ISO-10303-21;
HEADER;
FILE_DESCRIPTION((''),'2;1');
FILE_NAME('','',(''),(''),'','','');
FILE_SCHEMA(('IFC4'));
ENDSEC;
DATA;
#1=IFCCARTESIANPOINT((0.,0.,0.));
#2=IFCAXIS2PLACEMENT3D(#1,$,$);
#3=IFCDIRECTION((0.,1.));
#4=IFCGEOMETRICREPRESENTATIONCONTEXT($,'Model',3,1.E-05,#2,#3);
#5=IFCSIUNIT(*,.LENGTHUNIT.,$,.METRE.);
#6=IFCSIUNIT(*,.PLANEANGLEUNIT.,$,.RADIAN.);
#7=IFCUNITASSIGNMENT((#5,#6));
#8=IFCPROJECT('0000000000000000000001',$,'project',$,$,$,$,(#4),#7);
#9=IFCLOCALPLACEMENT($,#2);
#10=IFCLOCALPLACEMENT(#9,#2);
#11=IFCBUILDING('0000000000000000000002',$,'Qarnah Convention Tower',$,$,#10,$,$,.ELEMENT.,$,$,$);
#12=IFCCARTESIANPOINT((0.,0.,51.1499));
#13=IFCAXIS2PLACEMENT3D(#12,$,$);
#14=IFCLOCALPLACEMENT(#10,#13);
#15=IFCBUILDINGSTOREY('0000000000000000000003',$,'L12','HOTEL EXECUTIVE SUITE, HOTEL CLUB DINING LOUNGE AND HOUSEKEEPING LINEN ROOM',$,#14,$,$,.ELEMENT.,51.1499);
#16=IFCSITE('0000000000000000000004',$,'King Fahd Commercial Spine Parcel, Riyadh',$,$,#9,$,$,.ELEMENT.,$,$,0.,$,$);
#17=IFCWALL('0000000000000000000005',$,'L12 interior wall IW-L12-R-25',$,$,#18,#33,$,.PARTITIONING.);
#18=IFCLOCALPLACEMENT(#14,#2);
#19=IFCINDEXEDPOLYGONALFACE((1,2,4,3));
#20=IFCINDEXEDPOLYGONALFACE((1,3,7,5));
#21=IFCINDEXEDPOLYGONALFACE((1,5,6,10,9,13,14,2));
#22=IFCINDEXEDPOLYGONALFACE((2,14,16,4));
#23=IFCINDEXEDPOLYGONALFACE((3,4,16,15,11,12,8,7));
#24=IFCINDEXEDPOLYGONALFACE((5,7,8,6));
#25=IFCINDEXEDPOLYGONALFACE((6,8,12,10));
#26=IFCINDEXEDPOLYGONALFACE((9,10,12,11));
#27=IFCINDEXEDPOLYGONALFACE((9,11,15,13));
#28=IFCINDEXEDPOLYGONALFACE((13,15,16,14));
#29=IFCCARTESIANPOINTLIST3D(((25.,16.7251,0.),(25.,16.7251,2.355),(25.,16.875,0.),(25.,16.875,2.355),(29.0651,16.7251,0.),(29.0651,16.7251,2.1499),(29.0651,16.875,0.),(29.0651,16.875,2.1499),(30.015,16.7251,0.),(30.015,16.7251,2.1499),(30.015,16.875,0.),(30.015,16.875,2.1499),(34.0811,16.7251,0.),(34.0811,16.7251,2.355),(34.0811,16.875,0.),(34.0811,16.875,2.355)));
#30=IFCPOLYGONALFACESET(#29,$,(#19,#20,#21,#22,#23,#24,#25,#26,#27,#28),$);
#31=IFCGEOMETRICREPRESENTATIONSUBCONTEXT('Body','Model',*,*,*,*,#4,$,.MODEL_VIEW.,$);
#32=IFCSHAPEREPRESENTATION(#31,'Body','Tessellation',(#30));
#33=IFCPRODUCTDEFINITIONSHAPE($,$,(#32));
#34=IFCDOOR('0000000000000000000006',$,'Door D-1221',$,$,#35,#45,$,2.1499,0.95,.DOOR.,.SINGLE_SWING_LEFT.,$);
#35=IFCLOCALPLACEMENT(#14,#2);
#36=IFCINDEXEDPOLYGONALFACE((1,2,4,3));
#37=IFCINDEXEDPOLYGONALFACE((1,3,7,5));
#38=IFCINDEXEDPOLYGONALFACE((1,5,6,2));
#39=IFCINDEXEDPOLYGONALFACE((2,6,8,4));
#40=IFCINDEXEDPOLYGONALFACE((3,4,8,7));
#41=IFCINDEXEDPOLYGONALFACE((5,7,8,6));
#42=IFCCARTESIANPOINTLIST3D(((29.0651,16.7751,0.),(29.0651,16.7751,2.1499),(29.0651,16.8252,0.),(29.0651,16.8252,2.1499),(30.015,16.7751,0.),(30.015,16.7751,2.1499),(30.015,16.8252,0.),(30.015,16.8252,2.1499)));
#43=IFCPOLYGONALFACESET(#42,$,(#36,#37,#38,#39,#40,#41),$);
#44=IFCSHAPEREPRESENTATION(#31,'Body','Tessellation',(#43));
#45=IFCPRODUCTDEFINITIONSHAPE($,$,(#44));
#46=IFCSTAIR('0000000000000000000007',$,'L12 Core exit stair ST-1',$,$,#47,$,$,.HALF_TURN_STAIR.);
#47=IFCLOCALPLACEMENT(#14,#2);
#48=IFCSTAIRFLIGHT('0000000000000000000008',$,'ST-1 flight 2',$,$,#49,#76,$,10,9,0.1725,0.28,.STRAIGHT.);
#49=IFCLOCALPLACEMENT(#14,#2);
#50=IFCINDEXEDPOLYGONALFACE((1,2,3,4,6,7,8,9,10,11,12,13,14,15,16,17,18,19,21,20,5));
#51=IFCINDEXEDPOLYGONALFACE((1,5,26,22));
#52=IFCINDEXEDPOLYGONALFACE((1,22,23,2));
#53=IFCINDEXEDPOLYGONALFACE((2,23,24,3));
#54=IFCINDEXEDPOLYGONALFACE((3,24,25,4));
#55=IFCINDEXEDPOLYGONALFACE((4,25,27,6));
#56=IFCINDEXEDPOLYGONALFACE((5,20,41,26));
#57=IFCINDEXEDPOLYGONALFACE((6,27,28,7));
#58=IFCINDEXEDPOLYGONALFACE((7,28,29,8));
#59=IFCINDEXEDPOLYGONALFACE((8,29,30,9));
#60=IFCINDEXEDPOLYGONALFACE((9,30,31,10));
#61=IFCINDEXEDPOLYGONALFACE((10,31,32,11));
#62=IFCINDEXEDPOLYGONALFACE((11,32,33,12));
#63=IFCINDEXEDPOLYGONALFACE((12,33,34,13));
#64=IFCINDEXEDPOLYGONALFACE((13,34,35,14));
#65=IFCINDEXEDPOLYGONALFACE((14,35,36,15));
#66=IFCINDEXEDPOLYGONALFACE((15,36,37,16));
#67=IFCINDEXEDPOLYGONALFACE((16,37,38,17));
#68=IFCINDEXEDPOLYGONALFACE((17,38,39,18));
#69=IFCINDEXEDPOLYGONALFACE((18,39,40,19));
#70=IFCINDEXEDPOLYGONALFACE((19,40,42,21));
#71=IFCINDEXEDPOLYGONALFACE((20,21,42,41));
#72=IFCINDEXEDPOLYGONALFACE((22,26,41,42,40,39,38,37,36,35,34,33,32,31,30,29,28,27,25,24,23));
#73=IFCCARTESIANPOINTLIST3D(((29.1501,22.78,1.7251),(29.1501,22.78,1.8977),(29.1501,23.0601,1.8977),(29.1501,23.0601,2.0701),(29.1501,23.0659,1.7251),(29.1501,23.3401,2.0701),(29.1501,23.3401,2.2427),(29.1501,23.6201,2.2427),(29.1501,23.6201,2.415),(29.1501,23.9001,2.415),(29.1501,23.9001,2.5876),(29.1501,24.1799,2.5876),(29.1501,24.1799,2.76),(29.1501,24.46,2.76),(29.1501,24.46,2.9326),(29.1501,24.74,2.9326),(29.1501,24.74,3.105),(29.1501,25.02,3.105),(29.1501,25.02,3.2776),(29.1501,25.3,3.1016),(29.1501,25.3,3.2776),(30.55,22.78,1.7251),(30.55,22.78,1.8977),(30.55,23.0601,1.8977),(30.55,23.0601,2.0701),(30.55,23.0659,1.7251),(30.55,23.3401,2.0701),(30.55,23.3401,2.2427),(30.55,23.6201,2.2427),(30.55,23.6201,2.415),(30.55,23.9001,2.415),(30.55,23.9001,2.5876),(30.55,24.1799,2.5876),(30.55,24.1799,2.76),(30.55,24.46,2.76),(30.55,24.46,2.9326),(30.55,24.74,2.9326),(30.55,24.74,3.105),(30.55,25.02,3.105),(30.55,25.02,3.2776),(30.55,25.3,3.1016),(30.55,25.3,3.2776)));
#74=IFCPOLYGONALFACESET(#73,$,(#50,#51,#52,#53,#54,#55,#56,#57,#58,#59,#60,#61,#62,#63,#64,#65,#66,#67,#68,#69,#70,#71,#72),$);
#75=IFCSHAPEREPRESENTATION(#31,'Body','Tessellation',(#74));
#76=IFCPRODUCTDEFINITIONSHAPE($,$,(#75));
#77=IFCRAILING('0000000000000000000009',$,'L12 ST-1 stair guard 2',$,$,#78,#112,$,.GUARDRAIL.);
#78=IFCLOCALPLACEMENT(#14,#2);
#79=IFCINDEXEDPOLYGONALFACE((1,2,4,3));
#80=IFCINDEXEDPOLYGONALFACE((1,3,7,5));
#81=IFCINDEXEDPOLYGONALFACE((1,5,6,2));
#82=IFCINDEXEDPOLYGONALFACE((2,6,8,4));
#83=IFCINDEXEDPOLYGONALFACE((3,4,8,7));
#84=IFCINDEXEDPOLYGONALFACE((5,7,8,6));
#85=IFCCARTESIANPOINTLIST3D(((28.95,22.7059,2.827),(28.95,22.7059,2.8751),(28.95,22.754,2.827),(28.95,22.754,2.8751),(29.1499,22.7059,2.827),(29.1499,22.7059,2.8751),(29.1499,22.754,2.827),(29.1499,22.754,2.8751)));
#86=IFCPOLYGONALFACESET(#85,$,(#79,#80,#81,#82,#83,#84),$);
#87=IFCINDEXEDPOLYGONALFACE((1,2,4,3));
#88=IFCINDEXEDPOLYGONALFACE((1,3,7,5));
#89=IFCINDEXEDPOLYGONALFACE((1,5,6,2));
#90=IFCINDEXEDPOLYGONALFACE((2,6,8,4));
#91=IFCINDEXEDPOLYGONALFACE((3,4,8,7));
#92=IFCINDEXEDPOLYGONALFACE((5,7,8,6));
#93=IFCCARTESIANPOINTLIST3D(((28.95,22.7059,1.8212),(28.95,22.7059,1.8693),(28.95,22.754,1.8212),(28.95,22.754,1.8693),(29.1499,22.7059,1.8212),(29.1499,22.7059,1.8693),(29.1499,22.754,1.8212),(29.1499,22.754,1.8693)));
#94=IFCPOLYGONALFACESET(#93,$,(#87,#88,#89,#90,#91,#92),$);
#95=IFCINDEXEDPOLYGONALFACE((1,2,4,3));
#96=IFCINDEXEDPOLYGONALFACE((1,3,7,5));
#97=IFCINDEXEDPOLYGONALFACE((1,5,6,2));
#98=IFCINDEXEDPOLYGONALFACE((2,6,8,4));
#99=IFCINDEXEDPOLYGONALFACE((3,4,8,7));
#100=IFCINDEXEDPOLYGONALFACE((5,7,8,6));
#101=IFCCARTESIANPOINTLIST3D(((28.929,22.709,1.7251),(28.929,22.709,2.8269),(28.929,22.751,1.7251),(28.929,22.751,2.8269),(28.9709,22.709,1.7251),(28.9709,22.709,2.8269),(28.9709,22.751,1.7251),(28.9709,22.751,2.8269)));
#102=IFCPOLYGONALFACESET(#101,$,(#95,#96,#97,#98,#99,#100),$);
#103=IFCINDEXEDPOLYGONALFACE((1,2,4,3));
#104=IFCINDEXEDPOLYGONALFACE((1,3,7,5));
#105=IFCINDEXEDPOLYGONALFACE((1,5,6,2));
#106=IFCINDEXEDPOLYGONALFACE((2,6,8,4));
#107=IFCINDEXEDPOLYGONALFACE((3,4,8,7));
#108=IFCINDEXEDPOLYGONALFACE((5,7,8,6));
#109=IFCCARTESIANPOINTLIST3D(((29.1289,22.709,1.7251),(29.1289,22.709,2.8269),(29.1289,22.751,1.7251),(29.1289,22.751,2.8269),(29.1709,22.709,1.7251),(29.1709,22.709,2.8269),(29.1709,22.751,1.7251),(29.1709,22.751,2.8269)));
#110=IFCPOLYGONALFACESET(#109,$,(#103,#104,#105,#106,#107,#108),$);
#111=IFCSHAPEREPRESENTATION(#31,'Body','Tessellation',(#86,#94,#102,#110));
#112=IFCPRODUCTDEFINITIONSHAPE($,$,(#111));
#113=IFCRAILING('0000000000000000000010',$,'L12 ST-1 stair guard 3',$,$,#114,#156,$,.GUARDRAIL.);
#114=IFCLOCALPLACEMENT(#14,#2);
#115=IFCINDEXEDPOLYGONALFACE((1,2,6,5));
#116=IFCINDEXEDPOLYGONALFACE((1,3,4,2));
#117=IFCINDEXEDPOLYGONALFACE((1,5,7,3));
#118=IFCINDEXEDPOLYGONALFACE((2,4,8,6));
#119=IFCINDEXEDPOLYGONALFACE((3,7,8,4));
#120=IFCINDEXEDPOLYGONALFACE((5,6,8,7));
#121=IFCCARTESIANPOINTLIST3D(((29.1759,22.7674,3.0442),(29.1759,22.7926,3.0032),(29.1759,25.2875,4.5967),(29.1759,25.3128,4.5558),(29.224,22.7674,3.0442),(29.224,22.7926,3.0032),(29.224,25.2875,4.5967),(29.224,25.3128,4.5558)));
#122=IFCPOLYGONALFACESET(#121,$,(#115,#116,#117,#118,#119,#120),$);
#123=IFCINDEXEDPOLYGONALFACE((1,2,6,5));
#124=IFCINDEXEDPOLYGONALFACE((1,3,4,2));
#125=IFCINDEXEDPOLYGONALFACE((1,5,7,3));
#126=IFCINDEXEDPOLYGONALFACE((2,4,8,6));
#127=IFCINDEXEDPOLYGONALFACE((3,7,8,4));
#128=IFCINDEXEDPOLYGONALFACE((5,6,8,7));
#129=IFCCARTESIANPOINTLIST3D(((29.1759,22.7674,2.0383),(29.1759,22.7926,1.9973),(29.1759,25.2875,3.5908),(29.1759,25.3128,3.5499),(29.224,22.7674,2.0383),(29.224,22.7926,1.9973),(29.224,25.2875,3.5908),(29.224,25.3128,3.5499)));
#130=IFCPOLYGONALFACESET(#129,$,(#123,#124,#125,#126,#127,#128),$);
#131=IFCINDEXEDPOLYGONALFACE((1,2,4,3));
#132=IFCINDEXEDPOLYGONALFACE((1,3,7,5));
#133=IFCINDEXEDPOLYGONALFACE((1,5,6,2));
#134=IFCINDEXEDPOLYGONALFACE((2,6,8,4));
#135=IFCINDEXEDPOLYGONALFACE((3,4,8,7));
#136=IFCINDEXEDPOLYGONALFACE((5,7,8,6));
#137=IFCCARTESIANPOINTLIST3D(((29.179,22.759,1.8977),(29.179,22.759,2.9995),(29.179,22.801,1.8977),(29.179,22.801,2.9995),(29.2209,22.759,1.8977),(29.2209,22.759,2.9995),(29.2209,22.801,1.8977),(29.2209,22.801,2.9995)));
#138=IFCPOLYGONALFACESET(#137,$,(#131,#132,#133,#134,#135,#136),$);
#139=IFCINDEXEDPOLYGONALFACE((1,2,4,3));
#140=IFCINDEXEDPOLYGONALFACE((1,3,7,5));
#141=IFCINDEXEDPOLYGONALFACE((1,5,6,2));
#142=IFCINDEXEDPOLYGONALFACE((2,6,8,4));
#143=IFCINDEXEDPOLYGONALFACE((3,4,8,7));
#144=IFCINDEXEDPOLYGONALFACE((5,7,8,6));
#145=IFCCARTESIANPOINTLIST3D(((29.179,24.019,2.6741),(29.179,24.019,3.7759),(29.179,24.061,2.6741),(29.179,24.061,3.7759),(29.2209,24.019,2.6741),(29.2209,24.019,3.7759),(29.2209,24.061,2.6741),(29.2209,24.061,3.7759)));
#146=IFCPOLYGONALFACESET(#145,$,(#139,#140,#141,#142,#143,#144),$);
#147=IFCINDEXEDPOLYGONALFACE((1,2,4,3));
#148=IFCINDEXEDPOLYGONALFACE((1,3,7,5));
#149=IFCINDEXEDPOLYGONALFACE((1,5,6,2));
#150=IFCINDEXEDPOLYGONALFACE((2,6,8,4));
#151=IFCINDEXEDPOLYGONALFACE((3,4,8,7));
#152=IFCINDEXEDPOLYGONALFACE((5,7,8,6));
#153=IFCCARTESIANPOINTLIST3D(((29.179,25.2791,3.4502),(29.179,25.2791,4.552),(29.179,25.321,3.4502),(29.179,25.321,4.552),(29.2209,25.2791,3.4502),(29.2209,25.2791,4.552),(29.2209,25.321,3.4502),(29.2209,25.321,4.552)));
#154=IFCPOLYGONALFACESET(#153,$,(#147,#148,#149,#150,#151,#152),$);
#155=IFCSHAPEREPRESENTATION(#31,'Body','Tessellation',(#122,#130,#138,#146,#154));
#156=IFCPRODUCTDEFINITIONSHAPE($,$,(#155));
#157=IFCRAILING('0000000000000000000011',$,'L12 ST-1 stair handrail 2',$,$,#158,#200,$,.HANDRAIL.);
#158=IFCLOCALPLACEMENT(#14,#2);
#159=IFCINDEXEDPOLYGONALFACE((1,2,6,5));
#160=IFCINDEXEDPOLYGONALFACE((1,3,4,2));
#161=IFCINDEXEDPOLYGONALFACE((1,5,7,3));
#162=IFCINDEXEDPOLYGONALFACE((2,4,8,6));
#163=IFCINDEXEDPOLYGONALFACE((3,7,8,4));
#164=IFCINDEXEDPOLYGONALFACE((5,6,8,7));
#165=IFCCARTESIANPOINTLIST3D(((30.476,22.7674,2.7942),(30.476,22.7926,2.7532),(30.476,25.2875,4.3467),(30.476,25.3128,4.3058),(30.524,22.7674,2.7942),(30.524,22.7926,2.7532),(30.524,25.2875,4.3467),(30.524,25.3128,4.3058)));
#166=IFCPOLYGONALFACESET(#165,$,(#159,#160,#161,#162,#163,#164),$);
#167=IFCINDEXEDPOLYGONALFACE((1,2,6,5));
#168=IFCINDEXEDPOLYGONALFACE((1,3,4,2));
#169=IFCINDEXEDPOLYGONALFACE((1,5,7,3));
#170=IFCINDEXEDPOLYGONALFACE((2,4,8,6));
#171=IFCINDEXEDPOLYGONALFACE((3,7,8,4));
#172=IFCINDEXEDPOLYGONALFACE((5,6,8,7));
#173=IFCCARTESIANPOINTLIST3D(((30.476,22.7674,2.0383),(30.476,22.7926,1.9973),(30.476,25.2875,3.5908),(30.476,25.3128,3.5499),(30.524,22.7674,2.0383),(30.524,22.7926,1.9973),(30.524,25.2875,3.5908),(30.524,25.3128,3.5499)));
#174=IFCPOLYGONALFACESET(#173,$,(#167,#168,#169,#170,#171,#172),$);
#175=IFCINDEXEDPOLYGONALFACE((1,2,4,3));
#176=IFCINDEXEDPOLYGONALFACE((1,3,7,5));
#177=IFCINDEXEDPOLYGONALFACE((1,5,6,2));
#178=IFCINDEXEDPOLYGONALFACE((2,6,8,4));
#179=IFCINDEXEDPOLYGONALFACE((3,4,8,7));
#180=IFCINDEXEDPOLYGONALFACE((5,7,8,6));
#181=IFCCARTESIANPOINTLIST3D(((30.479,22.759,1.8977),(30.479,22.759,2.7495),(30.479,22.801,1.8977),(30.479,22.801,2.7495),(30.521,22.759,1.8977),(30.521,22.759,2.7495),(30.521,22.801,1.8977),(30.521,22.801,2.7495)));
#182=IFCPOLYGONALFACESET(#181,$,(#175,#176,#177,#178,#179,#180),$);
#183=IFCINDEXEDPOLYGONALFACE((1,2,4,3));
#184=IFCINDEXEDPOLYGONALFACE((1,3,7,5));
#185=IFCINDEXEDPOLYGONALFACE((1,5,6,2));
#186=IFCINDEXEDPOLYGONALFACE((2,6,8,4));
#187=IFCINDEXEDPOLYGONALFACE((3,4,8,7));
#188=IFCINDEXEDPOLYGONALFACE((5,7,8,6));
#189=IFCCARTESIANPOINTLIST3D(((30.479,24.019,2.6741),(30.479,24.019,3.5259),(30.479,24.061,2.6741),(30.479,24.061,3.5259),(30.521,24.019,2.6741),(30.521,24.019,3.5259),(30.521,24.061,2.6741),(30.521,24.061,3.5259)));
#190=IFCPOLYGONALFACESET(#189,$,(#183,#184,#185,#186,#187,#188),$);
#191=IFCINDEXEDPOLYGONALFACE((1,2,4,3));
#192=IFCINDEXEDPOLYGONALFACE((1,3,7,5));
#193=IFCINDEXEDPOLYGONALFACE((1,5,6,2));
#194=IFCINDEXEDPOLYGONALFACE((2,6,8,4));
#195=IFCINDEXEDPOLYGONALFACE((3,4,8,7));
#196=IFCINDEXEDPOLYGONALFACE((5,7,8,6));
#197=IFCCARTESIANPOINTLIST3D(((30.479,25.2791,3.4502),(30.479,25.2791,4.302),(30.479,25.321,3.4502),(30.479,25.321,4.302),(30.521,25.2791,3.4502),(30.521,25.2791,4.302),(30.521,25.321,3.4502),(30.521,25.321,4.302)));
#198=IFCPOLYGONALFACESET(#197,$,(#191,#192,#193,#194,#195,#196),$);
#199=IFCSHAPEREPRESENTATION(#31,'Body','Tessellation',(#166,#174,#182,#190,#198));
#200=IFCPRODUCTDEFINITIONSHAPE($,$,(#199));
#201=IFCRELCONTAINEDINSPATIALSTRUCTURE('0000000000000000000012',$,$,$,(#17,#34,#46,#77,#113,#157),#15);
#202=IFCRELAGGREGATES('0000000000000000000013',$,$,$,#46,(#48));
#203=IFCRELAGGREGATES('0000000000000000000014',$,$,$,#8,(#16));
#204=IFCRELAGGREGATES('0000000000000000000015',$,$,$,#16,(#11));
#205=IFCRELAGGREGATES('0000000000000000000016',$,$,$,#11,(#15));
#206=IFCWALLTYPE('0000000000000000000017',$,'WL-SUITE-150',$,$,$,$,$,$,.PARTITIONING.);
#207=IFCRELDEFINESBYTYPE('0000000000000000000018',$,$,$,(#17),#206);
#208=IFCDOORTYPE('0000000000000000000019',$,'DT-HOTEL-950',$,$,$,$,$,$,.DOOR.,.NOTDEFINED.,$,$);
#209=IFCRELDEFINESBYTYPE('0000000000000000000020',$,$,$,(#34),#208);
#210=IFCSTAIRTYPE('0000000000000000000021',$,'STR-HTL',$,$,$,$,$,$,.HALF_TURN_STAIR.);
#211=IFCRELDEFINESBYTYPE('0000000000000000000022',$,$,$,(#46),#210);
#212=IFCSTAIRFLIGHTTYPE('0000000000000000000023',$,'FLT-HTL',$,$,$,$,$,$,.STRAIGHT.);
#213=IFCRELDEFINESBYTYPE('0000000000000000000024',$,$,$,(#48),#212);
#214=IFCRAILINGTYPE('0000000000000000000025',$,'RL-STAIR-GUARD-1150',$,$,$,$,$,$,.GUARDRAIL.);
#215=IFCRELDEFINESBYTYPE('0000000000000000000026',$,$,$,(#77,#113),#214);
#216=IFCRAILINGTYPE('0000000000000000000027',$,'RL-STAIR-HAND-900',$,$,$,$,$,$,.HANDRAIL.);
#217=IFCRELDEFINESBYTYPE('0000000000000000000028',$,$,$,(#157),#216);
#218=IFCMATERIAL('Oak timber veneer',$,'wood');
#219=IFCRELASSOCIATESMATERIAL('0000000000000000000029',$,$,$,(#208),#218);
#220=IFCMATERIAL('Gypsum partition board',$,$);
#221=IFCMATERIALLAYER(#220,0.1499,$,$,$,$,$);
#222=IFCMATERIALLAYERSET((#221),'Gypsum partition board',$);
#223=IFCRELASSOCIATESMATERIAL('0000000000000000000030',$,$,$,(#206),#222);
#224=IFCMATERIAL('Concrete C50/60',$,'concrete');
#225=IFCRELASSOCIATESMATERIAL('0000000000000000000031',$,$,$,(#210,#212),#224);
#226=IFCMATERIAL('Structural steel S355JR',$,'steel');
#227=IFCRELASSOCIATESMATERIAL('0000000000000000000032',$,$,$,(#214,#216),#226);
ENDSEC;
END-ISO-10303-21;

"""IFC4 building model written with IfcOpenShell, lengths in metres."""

from ifc_helpers import new_model, si_unit, direction, frame, frame_2d, origin, origin_2d, place, context, subcontext, project, spatial, polyline, rectangle, outline, extrude, material, layer, layer_set, type_object, element, fill, aggregate, save


model = new_model("IFC4")

# Units and contexts
model_context = context("Model", 3, precision=1e-05, world=origin(), true_north=direction((0.0, 1.0)))
body_context = subcontext(model_context, "Body", "Model", "MODEL_VIEW")
ifc_project = project(units=[si_unit("LENGTHUNIT", "METRE"), si_unit("PLANEANGLEUNIT", "RADIAN")], contexts=[model_context])

# Site, building, storey
site_placement = place(None, origin())
site = spatial("IfcSite", under=ifc_project, at=site_placement, Name="King Fahd Commercial Spine Parcel, Riyadh", CompositionType="ELEMENT", RefElevation=0.0)
building_placement = place(site_placement, origin())
building = spatial("IfcBuilding", under=site, at=building_placement, Name="Qarnah Convention Tower", CompositionType="ELEMENT")
storey_placement = place(building_placement, frame((0.0, 0.0, 51.1499)))
storey = spatial("IfcBuildingStorey", under=building, at=storey_placement, Name="L12", Description="HOTEL EXECUTIVE SUITE, HOTEL CLUB DINING LOUNGE AND HOUSEKEEPING LINEN ROOM", CompositionType="ELEMENT", Elevation=51.1499)

# Shared definitions
ifc_material_1 = material(Name="Structural steel S355JR", Category="steel")

# Shared definitions
ifc_material_2 = material(Name="Oak timber veneer", Category="wood")
door_type_1 = type_object("IfcDoorType", Name="DT-HOTEL-950", OperationType="NOTDEFINED", PredefinedType="DOOR", material=ifc_material_2)

# Shared definitions
ifc_material_3 = material(Name="Gypsum partition board")
ifc_layer_1 = layer(ifc_material_3, 0.1499)
ifc_layer_set_1 = layer_set([ifc_layer_1], Name="Gypsum partition board")
wall_type_1 = type_object("IfcWallType", Name="WL-SUITE-150", PredefinedType="PARTITIONING", material=ifc_layer_set_1)

# Wall, opening, door
wall_1_placement = place(storey_placement, frame((34.0811, 16.8, 0.0), z_axis=(0.0, 0.0, 1.0), x_axis=(-1.0, 0.0, 0.0)))
wall_1 = element("IfcWall", 1, at=wall_1_placement, inside=storey, type_object=wall_type_1, Name="L12 interior wall IW-L12-R-25", PredefinedType="PARTITIONING", context=body_context, shape_type="SweptSolid", body=[
    extrude(rectangle(XDim=9.0811, YDim=0.1499, at=frame_2d((4.5405, 0.0))), origin(), (0.0, 0.0, 1.0), 2.355),
])
opening_1_placement = place(wall_1_placement, frame((4.0659, 0.0, 0.0)))
opening_1 = element("IfcOpeningElement", 2, at=opening_1_placement, cuts=wall_1, PredefinedType="OPENING", context=body_context, shape_type="SweptSolid", body=[
    extrude(rectangle(XDim=0.95, YDim=2.1499, at=frame_2d((0.4751, 1.075))), frame((0.0, 0.085, 0.0), z_axis=(0.0, -1.0, 0.0), x_axis=(1.0, 0.0, 0.0)), (0.0, 0.0, 1.0), 0.1699),
])
door_1_placement = place(opening_1_placement, origin())
door_1 = element("IfcDoor", 3, at=door_1_placement, inside=storey, type_object=door_type_1, Name="Door D-1221", OperationType="SINGLE_SWING_LEFT", OverallHeight=2.1499, OverallWidth=0.95, PredefinedType="DOOR", context=body_context, shape_type="SweptSolid", body=[
    extrude(rectangle(XDim=0.95, YDim=2.1499, at=frame_2d((0.4751, 1.075))), frame((0.0, 0.0249, 0.0), z_axis=(0.0, -1.0, 0.0), x_axis=(1.0, 0.0, 0.0)), (0.0, 0.0, 1.0), 0.05),
])
fill(opening_1, door_1)

# Stair, stair flight
ifc_material_4 = material(Name="Concrete C50/60", Category="concrete")
stair_type = type_object("IfcStairType", Name="STR-HTL", PredefinedType="HALF_TURN_STAIR", material=ifc_material_4)
stair_placement = place(storey_placement, origin())
stair = element("IfcStair", 4, at=stair_placement, inside=storey, type_object=stair_type, Name="L12 Core exit stair ST-1", PredefinedType="HALF_TURN_STAIR")
stair_flight_type = type_object("IfcStairFlightType", Name="FLT-HTL", PredefinedType="STRAIGHT", material=ifc_material_4)
stair_flight_placement = place(storey_placement, frame((29.8501, 22.78, 1.7251), z_axis=(0.0, 0.0, 1.0), x_axis=(0.0, 1.0, 0.0)))
stair_flight = element("IfcStairFlight", 5, at=stair_flight_placement, type_object=stair_flight_type, Name="ST-1 flight 2", NumberOfRisers=10, NumberOfTreads=9, PredefinedType="STRAIGHT", RiserHeight=0.1725, TreadLength=0.28, context=body_context, shape_type="SweptSolid", body=[
    extrude(outline(polyline([(0.0, 0.0), (0.0, 0.1726), (0.28, 0.1726), (0.28, 0.345), (0.5601, 0.345), (0.5601, 0.5176), (0.8401, 0.5176), (0.8401, 0.6899), (1.1201, 0.6899), (1.1201, 0.8625), (1.3999, 0.8625), (1.3999, 1.0349), (1.6799, 1.0349), (1.6799, 1.2075), (1.96, 1.2075), (1.96, 1.3799), (2.24, 1.3799), (2.24, 1.5525), (2.52, 1.5525), (2.52, 1.7251), (2.52, 1.3765), (0.2859, 0.0), (0.0, 0.0)])), frame((0.0, 0.7, 0.0), z_axis=(0.0, -1.0, 0.0), x_axis=(1.0, 0.0, 0.0)), (0.0, 0.0, 1.0), 1.3999),
])
aggregate(stair, [stair_flight])

# Railings
railing_type_1 = type_object("IfcRailingType", Name="RL-STAIR-GUARD-1150", PredefinedType="GUARDRAIL", material=ifc_material_1)
railing_1_placement = place(storey_placement, frame((28.95, 22.73, 1.7251)))
element("IfcRailing", 6, at=railing_1_placement, inside=storey, type_object=railing_type_1, Name="L12 ST-1 stair guard 2", PredefinedType="GUARDRAIL", context=body_context, shape_type="SweptSolid", body=[
    extrude(rectangle(XDim=0.0481, YDim=0.0481, at=origin_2d()), frame((0.0, 0.0, 1.126), z_axis=(1.0, 0.0, 0.0), x_axis=(0.0, 1.0, 0.0)), (0.0, 0.0, 1.0), 0.2),
    extrude(rectangle(XDim=0.0481, YDim=0.0481, at=origin_2d()), frame((0.0, 0.0, 0.1201), z_axis=(1.0, 0.0, 0.0), x_axis=(0.0, 1.0, 0.0)), (0.0, 0.0, 1.0), 0.2),
    extrude(rectangle(XDim=0.042, YDim=0.042, at=origin_2d()), origin(), (0.0, 0.0, 1.0), 1.1018),
    extrude(rectangle(XDim=0.042, YDim=0.042, at=origin_2d()), frame((0.2, 0.0, 0.0)), (0.0, 0.0, 1.0), 1.1018),
])
railing_2_placement = place(storey_placement, frame((29.2, 22.78, 1.8977)))
element("IfcRailing", 7, at=railing_2_placement, inside=storey, type_object=railing_type_1, Name="L12 ST-1 stair guard 3", PredefinedType="GUARDRAIL", context=body_context, shape_type="SweptSolid", body=[
    extrude(rectangle(XDim=0.0481, YDim=0.0481, at=origin_2d()), frame((0.0, 0.0, 1.126), z_axis=(0.0, 0.8514, 0.524516), x_axis=(-1.0, 0.0, 0.0)), (0.0, 0.0, 1.0), 2.96),
    extrude(rectangle(XDim=0.0481, YDim=0.0481, at=origin_2d()), frame((0.0, 0.0, 0.1201), z_axis=(0.0, 0.8514, 0.524516), x_axis=(-1.0, 0.0, 0.0)), (0.0, 0.0, 1.0), 2.96),
    extrude(rectangle(XDim=0.042, YDim=0.042, at=origin_2d()), origin(), (0.0, 0.0, 1.0), 1.1018),
    extrude(rectangle(XDim=0.042, YDim=0.042, at=origin_2d()), frame((0.0, 1.26, 0.7764)), (0.0, 0.0, 1.0), 1.1018),
    extrude(rectangle(XDim=0.042, YDim=0.042, at=origin_2d()), frame((0.0, 2.52, 1.5525)), (0.0, 0.0, 1.0), 1.1018),
])
railing_type_2 = type_object("IfcRailingType", Name="RL-STAIR-HAND-900", PredefinedType="HANDRAIL", material=ifc_material_1)
railing_3_placement = place(storey_placement, frame((30.5, 22.78, 1.8977)))
element("IfcRailing", 8, at=railing_3_placement, inside=storey, type_object=railing_type_2, Name="L12 ST-1 stair handrail 2", PredefinedType="HANDRAIL", context=body_context, shape_type="SweptSolid", body=[
    extrude(rectangle(XDim=0.0481, YDim=0.0481, at=origin_2d()), frame((0.0, 0.0, 0.876), z_axis=(0.0, 0.8514, 0.524516), x_axis=(-1.0, 0.0, 0.0)), (0.0, 0.0, 1.0), 2.96),
    extrude(rectangle(XDim=0.0481, YDim=0.0481, at=origin_2d()), frame((0.0, 0.0, 0.1201), z_axis=(0.0, 0.8514, 0.524516), x_axis=(-1.0, 0.0, 0.0)), (0.0, 0.0, 1.0), 2.96),
    extrude(rectangle(XDim=0.042, YDim=0.042, at=origin_2d()), origin(), (0.0, 0.0, 1.0), 0.8518),
    extrude(rectangle(XDim=0.042, YDim=0.042, at=origin_2d()), frame((0.0, 1.26, 0.7764)), (0.0, 0.0, 1.0), 0.8518),
    extrude(rectangle(XDim=0.042, YDim=0.042, at=origin_2d()), frame((0.0, 2.52, 1.5525)), (0.0, 0.0, 1.0), 0.8518),
])

save(model, "model.ifc")
